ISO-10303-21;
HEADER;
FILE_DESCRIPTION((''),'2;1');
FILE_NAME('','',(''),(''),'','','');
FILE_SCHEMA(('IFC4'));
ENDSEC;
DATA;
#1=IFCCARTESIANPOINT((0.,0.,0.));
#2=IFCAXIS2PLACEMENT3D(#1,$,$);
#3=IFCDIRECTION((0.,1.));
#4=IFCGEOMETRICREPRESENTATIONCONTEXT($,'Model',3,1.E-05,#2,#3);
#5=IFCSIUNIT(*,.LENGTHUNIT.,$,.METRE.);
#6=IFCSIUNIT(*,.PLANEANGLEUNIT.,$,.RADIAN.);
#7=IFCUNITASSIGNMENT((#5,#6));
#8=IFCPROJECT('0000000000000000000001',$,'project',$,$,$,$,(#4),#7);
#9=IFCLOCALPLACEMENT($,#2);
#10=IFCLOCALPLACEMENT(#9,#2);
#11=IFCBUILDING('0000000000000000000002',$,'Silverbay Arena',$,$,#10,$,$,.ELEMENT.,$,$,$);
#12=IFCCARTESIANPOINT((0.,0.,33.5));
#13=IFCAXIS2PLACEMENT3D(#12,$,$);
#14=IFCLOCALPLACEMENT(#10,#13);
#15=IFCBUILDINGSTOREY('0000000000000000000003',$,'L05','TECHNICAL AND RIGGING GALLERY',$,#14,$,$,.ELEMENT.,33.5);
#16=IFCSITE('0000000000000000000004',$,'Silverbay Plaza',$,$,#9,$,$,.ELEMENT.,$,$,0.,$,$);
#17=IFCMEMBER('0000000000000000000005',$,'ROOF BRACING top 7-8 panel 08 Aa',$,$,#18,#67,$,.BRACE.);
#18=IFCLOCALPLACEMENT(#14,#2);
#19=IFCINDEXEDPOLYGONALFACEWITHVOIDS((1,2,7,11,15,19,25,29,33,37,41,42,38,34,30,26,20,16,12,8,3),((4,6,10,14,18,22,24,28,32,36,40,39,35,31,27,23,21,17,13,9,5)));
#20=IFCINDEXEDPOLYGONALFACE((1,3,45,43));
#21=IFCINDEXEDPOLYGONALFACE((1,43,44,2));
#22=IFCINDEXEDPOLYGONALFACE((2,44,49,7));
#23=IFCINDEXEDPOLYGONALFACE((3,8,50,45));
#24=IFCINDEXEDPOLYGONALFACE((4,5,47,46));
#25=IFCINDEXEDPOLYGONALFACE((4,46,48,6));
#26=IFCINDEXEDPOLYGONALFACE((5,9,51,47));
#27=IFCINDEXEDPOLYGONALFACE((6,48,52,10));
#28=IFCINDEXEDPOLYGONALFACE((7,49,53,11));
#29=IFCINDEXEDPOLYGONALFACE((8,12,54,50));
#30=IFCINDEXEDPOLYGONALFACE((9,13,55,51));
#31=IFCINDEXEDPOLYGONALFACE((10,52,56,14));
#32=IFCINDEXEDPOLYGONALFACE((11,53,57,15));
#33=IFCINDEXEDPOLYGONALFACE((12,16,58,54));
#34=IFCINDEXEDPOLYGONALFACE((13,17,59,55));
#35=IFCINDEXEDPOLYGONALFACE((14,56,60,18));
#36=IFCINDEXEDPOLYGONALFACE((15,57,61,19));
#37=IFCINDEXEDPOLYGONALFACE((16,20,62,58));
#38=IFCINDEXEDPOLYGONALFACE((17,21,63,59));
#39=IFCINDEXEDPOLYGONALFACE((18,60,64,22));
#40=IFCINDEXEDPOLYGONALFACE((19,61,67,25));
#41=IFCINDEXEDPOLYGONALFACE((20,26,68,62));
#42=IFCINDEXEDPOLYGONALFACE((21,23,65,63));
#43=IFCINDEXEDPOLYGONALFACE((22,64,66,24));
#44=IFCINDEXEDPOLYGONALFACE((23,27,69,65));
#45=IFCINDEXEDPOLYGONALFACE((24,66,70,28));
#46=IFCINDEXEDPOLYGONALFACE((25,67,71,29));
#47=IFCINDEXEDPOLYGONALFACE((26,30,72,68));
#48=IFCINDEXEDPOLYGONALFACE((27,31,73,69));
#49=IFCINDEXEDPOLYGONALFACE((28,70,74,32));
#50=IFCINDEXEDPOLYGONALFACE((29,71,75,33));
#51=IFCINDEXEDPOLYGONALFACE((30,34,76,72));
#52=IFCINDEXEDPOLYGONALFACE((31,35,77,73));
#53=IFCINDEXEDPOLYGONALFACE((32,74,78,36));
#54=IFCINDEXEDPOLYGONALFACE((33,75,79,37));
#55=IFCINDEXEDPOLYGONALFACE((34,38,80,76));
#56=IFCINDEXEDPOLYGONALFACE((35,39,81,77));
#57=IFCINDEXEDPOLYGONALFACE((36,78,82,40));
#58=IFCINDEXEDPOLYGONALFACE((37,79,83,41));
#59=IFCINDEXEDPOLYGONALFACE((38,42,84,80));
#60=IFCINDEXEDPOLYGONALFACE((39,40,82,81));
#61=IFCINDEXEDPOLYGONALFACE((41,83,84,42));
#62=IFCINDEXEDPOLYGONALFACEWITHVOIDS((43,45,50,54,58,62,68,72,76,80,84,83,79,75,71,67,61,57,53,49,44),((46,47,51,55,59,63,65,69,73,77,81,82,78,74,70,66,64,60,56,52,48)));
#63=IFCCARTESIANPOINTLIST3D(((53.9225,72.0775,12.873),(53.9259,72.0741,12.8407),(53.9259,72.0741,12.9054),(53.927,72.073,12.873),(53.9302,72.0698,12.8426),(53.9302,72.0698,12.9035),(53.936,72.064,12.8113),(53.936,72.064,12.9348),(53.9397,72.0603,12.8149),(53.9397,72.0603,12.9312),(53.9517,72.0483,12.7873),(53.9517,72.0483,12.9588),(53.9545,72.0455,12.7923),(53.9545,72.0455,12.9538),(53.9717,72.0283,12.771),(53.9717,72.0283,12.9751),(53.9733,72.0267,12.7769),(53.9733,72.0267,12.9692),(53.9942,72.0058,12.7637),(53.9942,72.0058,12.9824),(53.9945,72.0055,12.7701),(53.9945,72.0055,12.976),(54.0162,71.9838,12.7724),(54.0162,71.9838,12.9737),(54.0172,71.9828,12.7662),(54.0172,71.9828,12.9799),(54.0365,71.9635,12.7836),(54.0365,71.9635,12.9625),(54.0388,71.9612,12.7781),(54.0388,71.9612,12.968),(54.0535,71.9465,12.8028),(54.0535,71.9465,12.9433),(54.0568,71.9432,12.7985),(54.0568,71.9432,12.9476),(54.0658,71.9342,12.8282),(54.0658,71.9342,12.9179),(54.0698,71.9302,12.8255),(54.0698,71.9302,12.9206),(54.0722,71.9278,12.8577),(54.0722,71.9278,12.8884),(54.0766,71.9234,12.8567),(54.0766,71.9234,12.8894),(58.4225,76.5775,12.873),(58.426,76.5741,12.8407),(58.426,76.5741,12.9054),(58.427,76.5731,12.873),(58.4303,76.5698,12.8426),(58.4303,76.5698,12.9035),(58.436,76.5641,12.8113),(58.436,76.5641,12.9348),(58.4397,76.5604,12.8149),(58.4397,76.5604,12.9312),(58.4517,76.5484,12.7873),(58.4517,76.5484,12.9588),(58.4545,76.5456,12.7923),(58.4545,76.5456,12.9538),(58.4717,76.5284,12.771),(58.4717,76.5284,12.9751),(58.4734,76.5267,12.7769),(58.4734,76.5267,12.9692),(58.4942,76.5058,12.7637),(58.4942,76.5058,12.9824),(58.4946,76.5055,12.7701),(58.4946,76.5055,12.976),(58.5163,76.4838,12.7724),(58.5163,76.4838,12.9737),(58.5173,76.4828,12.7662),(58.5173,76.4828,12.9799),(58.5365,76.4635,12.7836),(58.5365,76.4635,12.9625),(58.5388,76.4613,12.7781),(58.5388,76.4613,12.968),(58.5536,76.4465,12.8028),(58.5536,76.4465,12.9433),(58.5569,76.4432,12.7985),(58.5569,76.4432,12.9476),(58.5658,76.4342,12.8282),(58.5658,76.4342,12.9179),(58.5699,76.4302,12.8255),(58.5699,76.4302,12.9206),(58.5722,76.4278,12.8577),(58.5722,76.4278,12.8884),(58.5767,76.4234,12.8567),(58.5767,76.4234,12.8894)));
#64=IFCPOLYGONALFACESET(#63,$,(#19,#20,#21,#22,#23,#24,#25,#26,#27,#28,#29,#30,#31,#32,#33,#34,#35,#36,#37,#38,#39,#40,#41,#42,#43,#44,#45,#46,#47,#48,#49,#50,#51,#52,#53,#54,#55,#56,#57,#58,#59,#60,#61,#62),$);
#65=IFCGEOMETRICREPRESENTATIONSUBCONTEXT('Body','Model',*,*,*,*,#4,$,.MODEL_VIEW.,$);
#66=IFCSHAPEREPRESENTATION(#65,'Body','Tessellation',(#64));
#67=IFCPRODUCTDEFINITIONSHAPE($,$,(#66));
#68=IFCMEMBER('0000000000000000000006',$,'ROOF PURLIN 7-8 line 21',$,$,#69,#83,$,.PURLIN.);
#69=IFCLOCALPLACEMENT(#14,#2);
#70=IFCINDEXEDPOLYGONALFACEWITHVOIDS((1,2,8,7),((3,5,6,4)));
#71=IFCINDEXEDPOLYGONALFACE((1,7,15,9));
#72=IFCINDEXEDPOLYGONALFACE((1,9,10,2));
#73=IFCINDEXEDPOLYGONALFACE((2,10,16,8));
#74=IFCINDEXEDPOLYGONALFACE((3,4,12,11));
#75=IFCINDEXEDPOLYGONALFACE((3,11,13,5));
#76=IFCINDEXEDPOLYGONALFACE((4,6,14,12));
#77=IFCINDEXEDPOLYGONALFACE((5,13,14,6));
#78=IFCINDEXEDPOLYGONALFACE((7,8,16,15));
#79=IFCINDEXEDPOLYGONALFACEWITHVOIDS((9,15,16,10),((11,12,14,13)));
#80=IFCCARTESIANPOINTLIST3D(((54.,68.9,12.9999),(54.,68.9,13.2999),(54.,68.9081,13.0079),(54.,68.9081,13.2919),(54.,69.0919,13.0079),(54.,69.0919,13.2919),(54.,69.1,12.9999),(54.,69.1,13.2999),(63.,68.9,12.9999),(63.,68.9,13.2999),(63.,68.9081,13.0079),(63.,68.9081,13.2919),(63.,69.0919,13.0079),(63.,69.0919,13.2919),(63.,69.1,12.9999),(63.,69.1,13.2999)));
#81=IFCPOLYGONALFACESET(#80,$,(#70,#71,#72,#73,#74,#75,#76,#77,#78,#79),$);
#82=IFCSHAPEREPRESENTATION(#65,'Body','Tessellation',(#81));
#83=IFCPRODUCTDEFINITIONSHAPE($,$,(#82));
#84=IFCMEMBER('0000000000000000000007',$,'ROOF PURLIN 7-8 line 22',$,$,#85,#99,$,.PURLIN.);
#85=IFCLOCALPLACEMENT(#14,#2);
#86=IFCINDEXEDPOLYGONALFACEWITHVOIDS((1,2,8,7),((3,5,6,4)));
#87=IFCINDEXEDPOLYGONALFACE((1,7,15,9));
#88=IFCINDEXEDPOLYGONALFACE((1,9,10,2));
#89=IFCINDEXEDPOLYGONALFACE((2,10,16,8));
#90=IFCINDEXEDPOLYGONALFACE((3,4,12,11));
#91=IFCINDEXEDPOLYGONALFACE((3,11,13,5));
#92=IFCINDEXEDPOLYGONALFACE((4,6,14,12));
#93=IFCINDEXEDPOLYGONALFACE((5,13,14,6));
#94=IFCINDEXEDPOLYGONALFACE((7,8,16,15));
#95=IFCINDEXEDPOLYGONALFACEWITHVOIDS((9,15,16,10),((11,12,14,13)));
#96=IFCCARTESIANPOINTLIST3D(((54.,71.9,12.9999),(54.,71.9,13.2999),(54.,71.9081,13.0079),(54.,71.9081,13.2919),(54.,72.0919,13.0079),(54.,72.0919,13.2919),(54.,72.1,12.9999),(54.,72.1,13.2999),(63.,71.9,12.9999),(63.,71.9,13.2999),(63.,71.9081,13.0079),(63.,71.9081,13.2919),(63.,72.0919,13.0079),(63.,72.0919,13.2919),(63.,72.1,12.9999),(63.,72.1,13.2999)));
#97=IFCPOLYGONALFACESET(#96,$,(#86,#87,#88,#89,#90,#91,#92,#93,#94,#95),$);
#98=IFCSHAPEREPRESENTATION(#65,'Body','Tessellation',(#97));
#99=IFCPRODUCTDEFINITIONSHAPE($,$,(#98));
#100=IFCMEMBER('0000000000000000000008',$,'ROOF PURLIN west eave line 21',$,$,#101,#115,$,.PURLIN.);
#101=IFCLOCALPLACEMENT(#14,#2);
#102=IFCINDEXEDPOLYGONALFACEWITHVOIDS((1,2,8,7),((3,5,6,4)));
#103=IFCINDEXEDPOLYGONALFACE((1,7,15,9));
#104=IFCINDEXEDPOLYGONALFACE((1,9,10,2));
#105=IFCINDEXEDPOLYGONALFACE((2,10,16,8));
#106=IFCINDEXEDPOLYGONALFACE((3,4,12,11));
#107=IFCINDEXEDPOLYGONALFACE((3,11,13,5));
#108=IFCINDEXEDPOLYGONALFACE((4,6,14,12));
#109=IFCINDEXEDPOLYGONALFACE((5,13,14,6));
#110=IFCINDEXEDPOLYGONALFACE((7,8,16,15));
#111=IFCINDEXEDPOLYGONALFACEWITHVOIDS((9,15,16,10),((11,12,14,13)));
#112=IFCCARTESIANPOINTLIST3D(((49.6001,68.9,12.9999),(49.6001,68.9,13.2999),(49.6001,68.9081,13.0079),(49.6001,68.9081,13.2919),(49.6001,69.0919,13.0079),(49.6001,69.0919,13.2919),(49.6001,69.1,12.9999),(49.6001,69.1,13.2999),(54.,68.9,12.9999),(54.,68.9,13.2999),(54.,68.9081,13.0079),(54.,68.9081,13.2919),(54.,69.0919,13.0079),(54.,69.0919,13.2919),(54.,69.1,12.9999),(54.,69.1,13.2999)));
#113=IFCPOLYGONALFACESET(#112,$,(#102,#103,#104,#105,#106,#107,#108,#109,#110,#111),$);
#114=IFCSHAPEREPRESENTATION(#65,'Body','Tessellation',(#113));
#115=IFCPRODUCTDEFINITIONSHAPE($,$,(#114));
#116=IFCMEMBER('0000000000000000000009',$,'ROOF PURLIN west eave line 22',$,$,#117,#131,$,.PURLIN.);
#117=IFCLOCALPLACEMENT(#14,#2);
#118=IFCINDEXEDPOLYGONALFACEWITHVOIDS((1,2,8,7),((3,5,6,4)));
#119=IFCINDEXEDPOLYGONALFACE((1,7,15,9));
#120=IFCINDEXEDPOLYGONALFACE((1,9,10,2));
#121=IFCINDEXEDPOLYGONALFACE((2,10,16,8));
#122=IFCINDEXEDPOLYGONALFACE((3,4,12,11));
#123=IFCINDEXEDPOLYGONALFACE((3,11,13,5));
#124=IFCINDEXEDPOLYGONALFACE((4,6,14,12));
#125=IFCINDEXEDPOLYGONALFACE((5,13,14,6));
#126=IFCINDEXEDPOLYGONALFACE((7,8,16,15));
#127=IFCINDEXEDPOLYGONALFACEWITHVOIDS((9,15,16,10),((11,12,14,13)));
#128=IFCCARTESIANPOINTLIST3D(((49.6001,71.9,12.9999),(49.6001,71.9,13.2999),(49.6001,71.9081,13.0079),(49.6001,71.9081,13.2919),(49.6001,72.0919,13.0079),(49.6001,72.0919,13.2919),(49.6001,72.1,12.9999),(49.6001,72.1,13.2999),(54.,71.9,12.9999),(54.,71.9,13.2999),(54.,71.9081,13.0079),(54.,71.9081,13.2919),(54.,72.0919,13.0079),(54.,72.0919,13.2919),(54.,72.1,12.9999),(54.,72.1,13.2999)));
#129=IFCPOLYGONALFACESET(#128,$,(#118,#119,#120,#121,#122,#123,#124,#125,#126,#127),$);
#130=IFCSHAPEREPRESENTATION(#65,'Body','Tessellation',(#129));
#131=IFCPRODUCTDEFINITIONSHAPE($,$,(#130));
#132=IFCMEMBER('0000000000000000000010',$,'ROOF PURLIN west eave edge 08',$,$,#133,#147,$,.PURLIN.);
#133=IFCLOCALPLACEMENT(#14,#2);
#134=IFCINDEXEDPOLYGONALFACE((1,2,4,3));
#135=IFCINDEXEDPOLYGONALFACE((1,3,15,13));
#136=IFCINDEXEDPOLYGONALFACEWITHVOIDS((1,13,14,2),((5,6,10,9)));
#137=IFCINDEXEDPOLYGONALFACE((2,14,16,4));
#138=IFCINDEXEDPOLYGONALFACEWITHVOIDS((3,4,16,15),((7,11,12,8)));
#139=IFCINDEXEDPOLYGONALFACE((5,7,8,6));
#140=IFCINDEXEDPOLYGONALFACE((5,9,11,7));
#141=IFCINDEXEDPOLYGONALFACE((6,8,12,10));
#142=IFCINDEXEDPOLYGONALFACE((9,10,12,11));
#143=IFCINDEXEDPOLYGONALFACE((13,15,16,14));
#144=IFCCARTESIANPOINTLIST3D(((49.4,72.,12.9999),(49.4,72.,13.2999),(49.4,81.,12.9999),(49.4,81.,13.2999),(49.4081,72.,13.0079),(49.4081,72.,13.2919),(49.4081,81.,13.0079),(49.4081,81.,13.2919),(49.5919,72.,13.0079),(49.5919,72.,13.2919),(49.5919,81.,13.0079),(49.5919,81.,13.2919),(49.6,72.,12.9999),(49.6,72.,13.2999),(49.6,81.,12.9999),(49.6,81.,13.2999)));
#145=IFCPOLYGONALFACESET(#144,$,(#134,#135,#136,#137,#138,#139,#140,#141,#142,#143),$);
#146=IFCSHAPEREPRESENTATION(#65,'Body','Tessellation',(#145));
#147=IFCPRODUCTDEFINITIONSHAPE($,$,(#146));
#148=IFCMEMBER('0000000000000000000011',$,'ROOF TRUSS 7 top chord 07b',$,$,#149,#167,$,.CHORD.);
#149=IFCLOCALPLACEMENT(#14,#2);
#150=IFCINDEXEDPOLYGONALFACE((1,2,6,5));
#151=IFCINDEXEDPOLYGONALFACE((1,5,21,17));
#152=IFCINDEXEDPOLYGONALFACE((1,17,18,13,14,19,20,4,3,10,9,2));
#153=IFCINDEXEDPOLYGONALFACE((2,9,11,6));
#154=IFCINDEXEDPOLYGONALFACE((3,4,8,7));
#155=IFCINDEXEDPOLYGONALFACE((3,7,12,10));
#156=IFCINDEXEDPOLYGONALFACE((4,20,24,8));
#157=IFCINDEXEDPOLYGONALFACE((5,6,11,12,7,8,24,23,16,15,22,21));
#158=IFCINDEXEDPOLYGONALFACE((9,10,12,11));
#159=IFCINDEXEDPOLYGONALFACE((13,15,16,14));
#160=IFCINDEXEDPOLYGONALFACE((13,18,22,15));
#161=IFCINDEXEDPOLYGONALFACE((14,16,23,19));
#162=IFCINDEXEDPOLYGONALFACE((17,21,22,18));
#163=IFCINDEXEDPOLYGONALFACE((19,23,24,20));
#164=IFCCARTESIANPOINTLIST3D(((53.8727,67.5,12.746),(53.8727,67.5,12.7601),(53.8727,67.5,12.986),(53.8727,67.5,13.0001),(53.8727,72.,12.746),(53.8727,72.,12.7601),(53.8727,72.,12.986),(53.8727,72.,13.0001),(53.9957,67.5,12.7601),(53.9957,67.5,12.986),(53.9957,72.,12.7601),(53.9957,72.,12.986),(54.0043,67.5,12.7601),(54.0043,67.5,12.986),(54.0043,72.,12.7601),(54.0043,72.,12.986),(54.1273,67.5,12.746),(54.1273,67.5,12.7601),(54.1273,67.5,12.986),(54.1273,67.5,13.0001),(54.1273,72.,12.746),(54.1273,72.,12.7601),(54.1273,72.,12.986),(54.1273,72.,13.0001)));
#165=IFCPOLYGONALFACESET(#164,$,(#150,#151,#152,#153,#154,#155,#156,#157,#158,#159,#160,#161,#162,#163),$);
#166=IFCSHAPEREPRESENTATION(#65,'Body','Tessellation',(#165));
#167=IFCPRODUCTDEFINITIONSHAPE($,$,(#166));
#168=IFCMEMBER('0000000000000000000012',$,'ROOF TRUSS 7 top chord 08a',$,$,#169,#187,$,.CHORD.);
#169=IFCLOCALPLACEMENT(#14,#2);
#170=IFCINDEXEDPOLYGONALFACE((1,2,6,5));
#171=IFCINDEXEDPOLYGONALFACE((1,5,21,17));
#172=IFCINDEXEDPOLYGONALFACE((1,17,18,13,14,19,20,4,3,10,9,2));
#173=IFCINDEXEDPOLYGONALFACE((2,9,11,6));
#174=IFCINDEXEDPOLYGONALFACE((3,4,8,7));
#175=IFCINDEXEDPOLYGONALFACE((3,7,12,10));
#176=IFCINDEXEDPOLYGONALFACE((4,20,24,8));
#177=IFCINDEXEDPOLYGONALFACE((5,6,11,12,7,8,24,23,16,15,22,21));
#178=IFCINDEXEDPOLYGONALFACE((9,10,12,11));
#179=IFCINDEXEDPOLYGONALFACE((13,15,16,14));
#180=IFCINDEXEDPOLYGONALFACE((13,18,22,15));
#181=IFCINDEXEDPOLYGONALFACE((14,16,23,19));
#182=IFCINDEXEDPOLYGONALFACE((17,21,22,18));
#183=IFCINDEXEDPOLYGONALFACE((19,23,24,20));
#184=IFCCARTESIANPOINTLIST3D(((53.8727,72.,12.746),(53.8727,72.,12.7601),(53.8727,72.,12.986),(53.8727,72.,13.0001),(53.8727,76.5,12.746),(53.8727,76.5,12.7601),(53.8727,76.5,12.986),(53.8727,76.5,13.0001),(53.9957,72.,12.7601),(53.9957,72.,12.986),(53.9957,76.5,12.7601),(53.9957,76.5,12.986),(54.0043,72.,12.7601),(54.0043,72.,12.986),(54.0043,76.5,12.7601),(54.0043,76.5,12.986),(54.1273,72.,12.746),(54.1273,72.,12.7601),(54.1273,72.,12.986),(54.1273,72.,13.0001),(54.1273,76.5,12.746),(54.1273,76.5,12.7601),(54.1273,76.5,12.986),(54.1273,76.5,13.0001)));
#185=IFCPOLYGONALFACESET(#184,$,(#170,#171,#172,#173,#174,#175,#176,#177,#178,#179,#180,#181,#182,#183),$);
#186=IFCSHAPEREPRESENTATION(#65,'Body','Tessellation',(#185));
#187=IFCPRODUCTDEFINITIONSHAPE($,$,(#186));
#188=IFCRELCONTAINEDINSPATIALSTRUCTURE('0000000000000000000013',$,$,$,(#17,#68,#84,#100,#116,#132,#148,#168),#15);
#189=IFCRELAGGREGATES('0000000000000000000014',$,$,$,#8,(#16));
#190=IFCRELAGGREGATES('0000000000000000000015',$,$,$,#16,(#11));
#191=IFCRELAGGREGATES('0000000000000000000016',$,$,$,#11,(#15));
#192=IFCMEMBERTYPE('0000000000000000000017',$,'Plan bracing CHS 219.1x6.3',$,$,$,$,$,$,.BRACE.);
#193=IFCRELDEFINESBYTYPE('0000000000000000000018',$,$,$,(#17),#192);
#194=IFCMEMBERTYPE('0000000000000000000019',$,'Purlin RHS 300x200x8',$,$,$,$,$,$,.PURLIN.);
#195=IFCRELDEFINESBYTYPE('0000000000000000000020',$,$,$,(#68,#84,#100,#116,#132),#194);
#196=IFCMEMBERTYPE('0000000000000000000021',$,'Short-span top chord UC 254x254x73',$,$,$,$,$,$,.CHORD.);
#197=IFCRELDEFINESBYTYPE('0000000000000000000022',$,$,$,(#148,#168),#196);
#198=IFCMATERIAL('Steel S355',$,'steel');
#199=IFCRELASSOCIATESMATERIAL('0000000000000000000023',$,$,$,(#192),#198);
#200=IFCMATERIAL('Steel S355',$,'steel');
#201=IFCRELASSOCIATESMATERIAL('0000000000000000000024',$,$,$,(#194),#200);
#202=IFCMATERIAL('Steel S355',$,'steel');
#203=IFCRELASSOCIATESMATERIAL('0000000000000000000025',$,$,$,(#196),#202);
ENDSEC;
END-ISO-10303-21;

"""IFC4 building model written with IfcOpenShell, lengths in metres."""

from ifc_helpers import new_model, si_unit, direction, frame, origin, origin_2d, place, context, subcontext, project, spatial, hollow_rectangle, hollow_circle, i_section, extrude, material, material_profile, profile_set, type_object, element, save


model = new_model("IFC4")

# Units and contexts
model_context = context("Model", 3, precision=1e-05, world=origin(), true_north=direction((0.0, 1.0)))
body_context = subcontext(model_context, "Body", "Model", "MODEL_VIEW")
ifc_project = project(units=[si_unit("LENGTHUNIT", "METRE"), si_unit("PLANEANGLEUNIT", "RADIAN")], contexts=[model_context])

# Site, building, storey
site_placement = place(None, origin())
site = spatial("IfcSite", under=ifc_project, at=site_placement, Name="Silverbay Plaza", CompositionType="ELEMENT", RefElevation=0.0)
building_placement = place(site_placement, origin())
building = spatial("IfcBuilding", under=site, at=building_placement, Name="Silverbay Arena", CompositionType="ELEMENT")
storey_placement = place(building_placement, frame((0.0, 0.0, 33.5)))
storey = spatial("IfcBuildingStorey", under=building, at=storey_placement, Name="L05", Description="TECHNICAL AND RIGGING GALLERY", CompositionType="ELEMENT", Elevation=33.5)

# Members
ifc_material_1 = material(Name="Steel S355", Category="steel")
ifc_material_profile_1 = material_profile(ifc_material_1, hollow_circle(Radius=0.1096, WallThickness=0.0063, at=origin_2d()), Name="CHS 219.1x6.3")
ifc_profile_set_1 = profile_set([ifc_material_profile_1], Name="Steel S355")
member_type_1 = type_object("IfcMemberType", Name="Plan bracing CHS 219.1x6.3", PredefinedType="BRACE", material=ifc_profile_set_1)
member_1_placement = place(storey_placement, frame((54.0, 72.0, 12.873), z_axis=(0.707107, 0.707107, 0.0), x_axis=(-0.707107, 0.707107, 0.0)))
element("IfcMember", 1, at=member_1_placement, inside=storey, type_object=member_type_1, Name="ROOF BRACING top 7-8 panel 08 Aa", PredefinedType="BRACE", context=body_context, shape_type="SweptSolid", body=[
    extrude(hollow_circle(Radius=0.1096, WallThickness=0.0063, at=origin_2d()), origin(), (0.0, 0.0, 1.0), 6.364),
])
ifc_material_2 = material(Name="Steel S355", Category="steel")
ifc_material_profile_2 = material_profile(ifc_material_2, hollow_rectangle(XDim=0.2, YDim=0.3, WallThickness=0.0081, at=origin_2d()), Name="RHS 300x200x8")
ifc_profile_set_2 = profile_set([ifc_material_profile_2], Name="Steel S355")
member_type_2 = type_object("IfcMemberType", Name="Purlin RHS 300x200x8", PredefinedType="PURLIN", material=ifc_profile_set_2)
for number, where, z_axis, x_axis, name in (
    (2, (54.0, 69.0, 13.1499), (1.0, 0.0, 0.0), (0.0, 1.0, 0.0), "ROOF PURLIN 7-8 line 21"),
    (3, (54.0, 72.0, 13.1499), (1.0, 0.0, 0.0), (0.0, 1.0, 0.0), "ROOF PURLIN 7-8 line 22"),
):
    element("IfcMember", number, at=place(storey_placement, frame(where, z_axis=z_axis, x_axis=x_axis)), inside=storey, type_object=member_type_2, Name=name, PredefinedType="PURLIN", context=body_context, shape_type="SweptSolid", body=[
        extrude(hollow_rectangle(XDim=0.2, YDim=0.3, WallThickness=0.0081, at=origin_2d()), origin(), (0.0, 0.0, 1.0), 9.0),
    ])
for number, where, z_axis, x_axis, name in (
    (4, (49.6001, 69.0, 13.1499), (1.0, 0.0, 0.0), (0.0, 1.0, 0.0), "ROOF PURLIN west eave line 21"),
    (5, (49.6001, 72.0, 13.1499), (1.0, 0.0, 0.0), (0.0, 1.0, 0.0), "ROOF PURLIN west eave line 22"),
):
    element("IfcMember", number, at=place(storey_placement, frame(where, z_axis=z_axis, x_axis=x_axis)), inside=storey, type_object=member_type_2, Name=name, PredefinedType="PURLIN", context=body_context, shape_type="SweptSolid", body=[
        extrude(hollow_rectangle(XDim=0.2, YDim=0.3, WallThickness=0.0081, at=origin_2d()), origin(), (0.0, 0.0, 1.0), 4.3999),
    ])
member_2_placement = place(storey_placement, frame((49.5, 72.0, 13.1499), z_axis=(0.0, 1.0, 0.0), x_axis=(-1.0, 0.0, 0.0)))
element("IfcMember", 6, at=member_2_placement, inside=storey, type_object=member_type_2, Name="ROOF PURLIN west eave edge 08", PredefinedType="PURLIN", context=body_context, shape_type="SweptSolid", body=[
    extrude(hollow_rectangle(XDim=0.2, YDim=0.3, WallThickness=0.0081, at=origin_2d()), origin(), (0.0, 0.0, 1.0), 9.0),
])
ifc_material_3 = material(Name="Steel S355", Category="steel")
ifc_material_profile_3 = material_profile(ifc_material_3, i_section(OverallWidth=0.2546, OverallDepth=0.2542, WebThickness=0.0085, FlangeThickness=0.0142, at=origin_2d()), Name="UC 254x254x73")
ifc_profile_set_3 = profile_set([ifc_material_profile_3], Name="Steel S355")
member_type_3 = type_object("IfcMemberType", Name="Short-span top chord UC 254x254x73", PredefinedType="CHORD", material=ifc_profile_set_3)
for number, where, z_axis, x_axis, name in (
    (7, (54.0, 67.5, 12.873), (0.0, 1.0, 0.0), (-1.0, 0.0, 0.0), "ROOF TRUSS 7 top chord 07b"),
    (8, (54.0, 72.0, 12.873), (0.0, 1.0, 0.0), (-1.0, 0.0, 0.0), "ROOF TRUSS 7 top chord 08a"),
):
    element("IfcMember", number, at=place(storey_placement, frame(where, z_axis=z_axis, x_axis=x_axis)), inside=storey, type_object=member_type_3, Name=name, PredefinedType="CHORD", context=body_context, shape_type="SweptSolid", body=[
        extrude(i_section(OverallWidth=0.2546, OverallDepth=0.2542, WebThickness=0.0085, FlangeThickness=0.0142, at=origin_2d()), origin(), (0.0, 0.0, 1.0), 4.5),
    ])

save(model, "model.ifc")
